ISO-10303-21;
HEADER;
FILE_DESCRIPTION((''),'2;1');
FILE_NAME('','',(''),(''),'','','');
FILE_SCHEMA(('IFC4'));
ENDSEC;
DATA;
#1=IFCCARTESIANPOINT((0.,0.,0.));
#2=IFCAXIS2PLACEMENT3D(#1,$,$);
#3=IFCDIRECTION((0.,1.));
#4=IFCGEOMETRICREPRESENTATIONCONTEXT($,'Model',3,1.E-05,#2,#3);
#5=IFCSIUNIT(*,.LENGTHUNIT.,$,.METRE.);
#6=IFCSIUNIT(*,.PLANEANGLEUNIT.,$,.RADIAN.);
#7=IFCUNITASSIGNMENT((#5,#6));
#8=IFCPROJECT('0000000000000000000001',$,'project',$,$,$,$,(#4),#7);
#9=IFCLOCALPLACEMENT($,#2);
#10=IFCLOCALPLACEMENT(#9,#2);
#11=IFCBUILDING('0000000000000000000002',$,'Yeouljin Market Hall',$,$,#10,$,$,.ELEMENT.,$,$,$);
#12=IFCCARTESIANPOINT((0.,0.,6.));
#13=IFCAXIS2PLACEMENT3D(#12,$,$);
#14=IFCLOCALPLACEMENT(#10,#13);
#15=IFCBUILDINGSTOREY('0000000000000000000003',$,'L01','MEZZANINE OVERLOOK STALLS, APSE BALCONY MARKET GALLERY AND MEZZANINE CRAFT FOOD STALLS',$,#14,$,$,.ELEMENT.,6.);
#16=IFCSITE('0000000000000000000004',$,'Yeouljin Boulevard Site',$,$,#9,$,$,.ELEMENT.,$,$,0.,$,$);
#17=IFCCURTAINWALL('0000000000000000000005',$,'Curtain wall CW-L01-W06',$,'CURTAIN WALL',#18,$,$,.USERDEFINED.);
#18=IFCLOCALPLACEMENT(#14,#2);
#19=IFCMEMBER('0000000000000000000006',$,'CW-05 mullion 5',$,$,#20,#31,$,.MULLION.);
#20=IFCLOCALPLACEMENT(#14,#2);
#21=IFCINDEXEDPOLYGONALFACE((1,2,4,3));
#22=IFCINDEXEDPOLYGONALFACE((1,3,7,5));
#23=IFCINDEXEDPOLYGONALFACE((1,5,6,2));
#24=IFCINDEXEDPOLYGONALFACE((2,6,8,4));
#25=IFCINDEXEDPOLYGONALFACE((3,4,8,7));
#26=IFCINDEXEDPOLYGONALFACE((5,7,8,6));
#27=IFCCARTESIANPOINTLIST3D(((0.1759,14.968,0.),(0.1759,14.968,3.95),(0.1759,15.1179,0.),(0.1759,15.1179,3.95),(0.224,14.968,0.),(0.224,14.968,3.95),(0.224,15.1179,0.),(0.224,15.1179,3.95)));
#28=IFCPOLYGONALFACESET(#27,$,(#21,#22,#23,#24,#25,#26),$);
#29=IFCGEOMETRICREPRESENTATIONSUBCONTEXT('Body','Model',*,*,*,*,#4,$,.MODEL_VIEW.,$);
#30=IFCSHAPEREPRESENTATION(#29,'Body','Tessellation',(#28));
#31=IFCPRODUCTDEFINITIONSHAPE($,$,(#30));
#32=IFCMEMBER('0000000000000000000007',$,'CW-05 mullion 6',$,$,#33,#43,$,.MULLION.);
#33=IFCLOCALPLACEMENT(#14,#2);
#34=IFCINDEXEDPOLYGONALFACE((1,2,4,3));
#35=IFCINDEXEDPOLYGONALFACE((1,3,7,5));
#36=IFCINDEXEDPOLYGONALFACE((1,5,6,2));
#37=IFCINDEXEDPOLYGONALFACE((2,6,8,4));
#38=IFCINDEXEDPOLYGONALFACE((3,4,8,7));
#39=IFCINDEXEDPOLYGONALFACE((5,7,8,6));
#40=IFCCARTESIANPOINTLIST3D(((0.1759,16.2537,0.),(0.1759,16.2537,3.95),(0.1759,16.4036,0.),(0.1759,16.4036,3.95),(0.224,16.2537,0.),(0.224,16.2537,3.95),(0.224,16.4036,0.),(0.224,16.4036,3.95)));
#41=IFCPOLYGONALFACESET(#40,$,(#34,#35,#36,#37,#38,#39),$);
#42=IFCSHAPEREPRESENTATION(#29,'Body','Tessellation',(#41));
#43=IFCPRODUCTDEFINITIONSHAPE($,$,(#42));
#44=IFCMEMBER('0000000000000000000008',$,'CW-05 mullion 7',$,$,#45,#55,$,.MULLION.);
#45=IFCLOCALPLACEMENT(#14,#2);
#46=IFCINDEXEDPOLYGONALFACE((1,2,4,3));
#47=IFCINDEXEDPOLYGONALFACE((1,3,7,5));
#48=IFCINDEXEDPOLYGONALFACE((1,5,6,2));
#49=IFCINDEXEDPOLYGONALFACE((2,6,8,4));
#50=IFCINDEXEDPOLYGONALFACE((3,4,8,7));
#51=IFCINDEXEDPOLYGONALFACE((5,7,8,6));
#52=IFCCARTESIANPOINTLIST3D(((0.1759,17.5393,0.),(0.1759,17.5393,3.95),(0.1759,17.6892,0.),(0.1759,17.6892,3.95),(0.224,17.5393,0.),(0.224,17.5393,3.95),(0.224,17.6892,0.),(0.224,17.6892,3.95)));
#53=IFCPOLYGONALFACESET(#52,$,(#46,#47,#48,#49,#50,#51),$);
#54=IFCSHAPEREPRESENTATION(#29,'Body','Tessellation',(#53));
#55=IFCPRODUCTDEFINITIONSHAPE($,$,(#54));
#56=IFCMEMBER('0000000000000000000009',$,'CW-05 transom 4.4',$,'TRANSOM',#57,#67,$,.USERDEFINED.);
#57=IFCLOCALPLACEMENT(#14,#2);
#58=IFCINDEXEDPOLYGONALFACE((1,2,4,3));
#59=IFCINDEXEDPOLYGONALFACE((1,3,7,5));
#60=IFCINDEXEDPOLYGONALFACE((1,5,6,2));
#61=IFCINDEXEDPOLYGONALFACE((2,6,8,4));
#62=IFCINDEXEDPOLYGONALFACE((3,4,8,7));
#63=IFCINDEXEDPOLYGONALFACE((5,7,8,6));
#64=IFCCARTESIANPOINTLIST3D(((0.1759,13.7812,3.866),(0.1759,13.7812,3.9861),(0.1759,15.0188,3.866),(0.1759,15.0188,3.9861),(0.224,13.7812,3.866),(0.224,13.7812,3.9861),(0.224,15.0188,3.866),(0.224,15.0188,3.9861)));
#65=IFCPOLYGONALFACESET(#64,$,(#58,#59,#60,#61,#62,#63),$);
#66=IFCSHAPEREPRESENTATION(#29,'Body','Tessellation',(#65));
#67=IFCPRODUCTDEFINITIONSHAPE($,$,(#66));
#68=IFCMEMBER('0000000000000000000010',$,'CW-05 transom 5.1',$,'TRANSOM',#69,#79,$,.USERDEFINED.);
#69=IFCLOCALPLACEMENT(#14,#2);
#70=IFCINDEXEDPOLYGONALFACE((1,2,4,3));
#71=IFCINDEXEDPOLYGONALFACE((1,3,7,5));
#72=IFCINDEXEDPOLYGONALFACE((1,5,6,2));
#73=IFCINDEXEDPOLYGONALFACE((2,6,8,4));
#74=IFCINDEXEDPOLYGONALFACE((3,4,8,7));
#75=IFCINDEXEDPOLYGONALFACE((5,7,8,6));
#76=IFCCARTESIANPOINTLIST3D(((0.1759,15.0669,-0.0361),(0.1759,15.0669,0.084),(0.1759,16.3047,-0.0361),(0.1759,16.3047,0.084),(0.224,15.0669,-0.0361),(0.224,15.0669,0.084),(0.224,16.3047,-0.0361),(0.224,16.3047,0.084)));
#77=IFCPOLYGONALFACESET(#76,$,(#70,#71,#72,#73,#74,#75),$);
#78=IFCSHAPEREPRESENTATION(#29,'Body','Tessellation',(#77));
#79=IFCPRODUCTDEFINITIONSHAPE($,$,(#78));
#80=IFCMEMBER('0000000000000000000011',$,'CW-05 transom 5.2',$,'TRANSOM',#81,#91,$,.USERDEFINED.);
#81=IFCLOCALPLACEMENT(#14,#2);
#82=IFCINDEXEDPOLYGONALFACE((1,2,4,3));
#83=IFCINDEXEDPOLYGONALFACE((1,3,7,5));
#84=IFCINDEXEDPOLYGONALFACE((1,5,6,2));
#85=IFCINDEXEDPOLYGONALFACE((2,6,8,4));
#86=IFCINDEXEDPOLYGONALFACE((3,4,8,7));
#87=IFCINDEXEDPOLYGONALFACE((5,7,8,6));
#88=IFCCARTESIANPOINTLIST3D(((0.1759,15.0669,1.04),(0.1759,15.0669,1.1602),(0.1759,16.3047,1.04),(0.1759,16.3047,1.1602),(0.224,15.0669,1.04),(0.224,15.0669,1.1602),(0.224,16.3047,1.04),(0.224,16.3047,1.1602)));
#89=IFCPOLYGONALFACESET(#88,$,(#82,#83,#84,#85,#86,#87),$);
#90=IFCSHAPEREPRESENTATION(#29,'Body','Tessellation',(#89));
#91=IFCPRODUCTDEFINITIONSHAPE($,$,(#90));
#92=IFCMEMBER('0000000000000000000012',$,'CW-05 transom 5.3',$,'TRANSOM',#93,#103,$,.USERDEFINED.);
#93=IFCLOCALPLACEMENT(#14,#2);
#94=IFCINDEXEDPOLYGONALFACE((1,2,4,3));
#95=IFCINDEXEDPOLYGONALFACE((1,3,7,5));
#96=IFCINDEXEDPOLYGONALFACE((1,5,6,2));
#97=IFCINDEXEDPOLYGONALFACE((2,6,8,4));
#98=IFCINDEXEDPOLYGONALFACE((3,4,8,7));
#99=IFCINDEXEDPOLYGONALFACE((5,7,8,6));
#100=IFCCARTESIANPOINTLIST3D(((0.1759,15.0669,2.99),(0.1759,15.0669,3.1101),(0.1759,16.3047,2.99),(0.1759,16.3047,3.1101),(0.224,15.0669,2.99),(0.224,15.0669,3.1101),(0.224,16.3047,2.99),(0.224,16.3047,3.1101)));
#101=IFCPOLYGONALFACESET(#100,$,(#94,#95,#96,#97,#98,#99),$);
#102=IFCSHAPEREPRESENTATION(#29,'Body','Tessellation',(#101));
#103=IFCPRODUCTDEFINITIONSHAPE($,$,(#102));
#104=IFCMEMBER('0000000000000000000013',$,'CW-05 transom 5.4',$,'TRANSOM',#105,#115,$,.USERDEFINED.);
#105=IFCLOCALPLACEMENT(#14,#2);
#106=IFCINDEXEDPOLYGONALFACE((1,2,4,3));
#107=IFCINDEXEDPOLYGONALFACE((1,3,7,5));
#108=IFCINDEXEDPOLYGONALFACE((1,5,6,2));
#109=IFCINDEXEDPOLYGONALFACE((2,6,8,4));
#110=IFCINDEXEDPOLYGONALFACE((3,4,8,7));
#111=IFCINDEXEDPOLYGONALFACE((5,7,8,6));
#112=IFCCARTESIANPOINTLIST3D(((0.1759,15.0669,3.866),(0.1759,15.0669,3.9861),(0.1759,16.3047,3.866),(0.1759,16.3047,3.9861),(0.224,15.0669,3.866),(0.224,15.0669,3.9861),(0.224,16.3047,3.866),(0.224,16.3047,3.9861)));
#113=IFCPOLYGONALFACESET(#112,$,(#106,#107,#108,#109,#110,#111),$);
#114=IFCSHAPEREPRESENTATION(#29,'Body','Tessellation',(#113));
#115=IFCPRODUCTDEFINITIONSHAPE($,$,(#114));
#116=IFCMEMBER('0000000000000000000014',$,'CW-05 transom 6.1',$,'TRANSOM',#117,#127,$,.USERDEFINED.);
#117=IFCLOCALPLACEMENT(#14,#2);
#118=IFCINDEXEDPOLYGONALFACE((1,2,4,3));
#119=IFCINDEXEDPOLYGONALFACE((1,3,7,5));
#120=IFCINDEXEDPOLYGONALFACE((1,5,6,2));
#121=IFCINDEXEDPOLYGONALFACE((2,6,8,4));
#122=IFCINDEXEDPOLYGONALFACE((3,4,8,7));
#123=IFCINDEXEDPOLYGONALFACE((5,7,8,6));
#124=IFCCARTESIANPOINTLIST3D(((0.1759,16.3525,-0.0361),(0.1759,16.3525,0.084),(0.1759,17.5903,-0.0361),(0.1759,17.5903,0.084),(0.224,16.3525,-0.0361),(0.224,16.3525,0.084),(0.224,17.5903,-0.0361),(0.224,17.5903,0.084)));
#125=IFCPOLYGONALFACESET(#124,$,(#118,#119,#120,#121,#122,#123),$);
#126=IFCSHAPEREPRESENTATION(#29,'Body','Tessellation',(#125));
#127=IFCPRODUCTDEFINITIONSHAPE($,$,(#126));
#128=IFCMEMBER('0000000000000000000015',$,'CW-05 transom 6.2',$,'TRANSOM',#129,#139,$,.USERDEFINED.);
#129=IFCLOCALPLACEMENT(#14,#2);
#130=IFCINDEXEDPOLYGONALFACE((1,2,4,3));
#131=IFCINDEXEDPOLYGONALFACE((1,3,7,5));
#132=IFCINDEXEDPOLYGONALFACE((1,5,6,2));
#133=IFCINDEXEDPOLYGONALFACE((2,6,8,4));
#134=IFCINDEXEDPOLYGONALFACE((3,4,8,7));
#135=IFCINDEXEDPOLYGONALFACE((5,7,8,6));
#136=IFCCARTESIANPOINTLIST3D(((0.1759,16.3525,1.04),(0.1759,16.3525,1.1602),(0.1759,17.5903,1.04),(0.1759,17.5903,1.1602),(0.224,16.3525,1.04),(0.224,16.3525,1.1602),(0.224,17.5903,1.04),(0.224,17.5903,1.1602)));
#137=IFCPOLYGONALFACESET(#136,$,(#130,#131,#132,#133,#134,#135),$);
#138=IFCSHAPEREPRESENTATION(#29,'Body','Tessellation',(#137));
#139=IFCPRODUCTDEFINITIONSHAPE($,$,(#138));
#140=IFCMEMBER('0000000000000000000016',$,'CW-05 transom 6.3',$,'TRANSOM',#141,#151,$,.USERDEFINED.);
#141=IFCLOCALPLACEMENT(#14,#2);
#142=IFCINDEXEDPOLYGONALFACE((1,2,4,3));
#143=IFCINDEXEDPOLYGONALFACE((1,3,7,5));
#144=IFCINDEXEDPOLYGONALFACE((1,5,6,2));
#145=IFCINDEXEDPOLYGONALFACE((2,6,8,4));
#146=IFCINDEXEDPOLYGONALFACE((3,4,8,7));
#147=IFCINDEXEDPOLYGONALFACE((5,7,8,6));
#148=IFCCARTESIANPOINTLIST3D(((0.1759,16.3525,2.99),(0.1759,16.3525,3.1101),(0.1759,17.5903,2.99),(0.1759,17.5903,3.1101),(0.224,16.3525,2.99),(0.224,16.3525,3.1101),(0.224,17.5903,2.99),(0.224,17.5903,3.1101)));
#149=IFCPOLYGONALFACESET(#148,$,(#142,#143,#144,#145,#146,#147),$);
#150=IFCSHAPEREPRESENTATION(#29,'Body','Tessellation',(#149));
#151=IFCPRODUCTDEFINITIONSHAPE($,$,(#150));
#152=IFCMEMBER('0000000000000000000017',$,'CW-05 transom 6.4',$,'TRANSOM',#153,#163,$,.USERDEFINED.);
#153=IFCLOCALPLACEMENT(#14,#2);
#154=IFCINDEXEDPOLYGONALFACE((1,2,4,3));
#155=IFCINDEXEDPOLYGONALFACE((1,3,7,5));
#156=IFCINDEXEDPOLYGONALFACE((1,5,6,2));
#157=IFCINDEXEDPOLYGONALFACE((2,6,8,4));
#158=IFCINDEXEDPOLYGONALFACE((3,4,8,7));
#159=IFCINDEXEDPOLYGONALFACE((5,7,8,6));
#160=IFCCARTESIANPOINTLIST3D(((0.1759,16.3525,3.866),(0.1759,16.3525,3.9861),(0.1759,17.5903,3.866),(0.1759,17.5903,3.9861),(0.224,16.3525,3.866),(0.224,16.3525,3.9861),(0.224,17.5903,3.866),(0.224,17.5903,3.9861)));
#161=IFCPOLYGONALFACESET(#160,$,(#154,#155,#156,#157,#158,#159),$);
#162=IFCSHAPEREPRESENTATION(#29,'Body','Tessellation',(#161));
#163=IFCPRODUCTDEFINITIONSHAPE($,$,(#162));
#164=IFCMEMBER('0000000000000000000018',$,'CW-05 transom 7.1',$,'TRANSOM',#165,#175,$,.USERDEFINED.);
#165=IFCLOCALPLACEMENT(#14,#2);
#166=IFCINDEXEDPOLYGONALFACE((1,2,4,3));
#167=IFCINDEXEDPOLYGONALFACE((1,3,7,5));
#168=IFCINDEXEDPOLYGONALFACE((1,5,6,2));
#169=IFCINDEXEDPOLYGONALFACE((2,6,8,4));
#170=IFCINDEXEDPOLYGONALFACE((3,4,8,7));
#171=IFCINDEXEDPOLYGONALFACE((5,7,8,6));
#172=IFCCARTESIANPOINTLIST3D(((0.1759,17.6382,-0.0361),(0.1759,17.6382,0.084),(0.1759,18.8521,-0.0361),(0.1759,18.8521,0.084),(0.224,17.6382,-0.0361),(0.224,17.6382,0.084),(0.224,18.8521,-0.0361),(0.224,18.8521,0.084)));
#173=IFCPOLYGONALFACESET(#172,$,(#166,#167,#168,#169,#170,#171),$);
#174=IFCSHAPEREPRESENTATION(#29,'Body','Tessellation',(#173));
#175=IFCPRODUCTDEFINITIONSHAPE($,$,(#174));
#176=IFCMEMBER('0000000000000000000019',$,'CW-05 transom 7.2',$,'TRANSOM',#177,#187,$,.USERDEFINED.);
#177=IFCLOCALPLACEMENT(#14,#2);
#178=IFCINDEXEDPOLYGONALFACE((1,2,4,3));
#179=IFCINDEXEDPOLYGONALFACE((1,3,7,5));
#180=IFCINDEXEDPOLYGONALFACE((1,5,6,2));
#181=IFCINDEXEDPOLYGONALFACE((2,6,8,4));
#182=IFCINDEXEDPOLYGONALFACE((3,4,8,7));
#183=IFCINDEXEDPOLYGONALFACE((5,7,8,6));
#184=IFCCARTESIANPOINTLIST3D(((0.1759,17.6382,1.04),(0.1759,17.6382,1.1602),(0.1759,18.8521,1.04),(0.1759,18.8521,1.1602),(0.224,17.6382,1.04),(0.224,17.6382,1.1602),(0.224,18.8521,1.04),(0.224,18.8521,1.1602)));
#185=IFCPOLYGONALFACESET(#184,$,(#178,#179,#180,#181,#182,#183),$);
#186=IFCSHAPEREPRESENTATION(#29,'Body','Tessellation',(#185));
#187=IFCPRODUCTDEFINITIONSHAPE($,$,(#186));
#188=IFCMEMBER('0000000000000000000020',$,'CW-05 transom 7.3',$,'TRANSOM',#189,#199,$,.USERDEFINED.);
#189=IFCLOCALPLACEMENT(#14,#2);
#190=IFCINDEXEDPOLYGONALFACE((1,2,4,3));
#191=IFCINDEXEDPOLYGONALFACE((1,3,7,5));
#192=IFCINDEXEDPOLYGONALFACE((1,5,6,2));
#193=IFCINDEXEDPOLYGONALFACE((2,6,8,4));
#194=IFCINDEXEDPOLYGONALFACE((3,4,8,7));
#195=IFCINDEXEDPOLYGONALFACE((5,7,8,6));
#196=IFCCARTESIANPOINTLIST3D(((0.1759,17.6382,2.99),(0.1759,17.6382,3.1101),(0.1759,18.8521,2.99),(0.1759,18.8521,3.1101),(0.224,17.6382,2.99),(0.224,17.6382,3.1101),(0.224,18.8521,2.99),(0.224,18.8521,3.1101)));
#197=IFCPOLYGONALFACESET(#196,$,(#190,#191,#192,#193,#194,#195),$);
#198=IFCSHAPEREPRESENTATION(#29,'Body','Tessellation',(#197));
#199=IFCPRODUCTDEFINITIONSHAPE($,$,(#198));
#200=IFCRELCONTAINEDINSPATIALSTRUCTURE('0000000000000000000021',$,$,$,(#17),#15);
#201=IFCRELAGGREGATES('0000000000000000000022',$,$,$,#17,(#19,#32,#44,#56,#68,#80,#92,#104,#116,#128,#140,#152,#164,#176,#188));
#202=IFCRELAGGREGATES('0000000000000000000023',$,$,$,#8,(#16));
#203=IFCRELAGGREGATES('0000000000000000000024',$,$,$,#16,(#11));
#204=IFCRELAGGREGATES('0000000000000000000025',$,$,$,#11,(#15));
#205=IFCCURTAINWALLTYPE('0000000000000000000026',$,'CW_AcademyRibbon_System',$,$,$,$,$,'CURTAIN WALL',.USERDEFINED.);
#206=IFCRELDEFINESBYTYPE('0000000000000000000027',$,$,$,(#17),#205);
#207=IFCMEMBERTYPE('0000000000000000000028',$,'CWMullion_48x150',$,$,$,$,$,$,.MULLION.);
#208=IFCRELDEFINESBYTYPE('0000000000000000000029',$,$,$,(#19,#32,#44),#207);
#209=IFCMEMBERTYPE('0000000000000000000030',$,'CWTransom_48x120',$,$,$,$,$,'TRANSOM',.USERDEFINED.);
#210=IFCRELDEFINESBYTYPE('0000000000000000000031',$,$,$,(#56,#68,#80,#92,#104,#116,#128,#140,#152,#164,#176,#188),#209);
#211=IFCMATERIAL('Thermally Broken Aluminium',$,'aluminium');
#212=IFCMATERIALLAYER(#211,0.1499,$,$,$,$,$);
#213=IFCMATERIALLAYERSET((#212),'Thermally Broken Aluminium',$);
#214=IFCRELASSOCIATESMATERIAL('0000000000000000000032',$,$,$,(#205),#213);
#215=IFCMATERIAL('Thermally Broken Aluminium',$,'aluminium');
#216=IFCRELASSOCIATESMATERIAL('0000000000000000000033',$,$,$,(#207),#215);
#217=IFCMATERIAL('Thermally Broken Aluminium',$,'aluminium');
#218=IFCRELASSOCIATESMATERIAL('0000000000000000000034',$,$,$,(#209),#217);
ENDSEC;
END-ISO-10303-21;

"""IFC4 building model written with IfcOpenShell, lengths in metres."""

from ifc_helpers import new_model, si_unit, direction, frame, origin, origin_2d, place, context, subcontext, project, spatial, rectangle, extrude, material, layer, layer_set, material_profile, profile_set, type_object, element, aggregate, save


model = new_model("IFC4")

# Units and contexts
model_context = context("Model", 3, precision=1e-05, world=origin(), true_north=direction((0.0, 1.0)))
body_context = subcontext(model_context, "Body", "Model", "MODEL_VIEW")
ifc_project = project(units=[si_unit("LENGTHUNIT", "METRE"), si_unit("PLANEANGLEUNIT", "RADIAN")], contexts=[model_context])

# Site, building, storey
site_placement = place(None, origin())
site = spatial("IfcSite", under=ifc_project, at=site_placement, Name="Yeouljin Boulevard Site", CompositionType="ELEMENT", RefElevation=0.0)
building_placement = place(site_placement, origin())
building = spatial("IfcBuilding", under=site, at=building_placement, Name="Yeouljin Market Hall", CompositionType="ELEMENT")
storey_placement = place(building_placement, frame((0.0, 0.0, 6.0)))
storey = spatial("IfcBuildingStorey", under=building, at=storey_placement, Name="L01", Description="MEZZANINE OVERLOOK STALLS, APSE BALCONY MARKET GALLERY AND MEZZANINE CRAFT FOOD STALLS", CompositionType="ELEMENT", Elevation=6.0)

# Curtain wall, members
ifc_material_1 = material(Name="Thermally Broken Aluminium", Category="aluminium")
ifc_layer_1 = layer(ifc_material_1, 0.1499)
ifc_layer_set_1 = layer_set([ifc_layer_1], Name="Thermally Broken Aluminium")
curtain_wall_type = type_object("IfcCurtainWallType", Name="CW_AcademyRibbon_System", ElementType="CURTAIN WALL", PredefinedType="USERDEFINED", material=ifc_layer_set_1)
curtain_wall_placement = place(storey_placement, origin())
curtain_wall = element("IfcCurtainWall", 1, at=curtain_wall_placement, inside=storey, type_object=curtain_wall_type, Name="Curtain wall CW-L01-W06", ObjectType="CURTAIN WALL", PredefinedType="USERDEFINED")
ifc_material_2 = material(Name="Thermally Broken Aluminium", Category="aluminium")
ifc_material_profile_1 = material_profile(ifc_material_2, rectangle(XDim=0.0481, YDim=0.1499, at=origin_2d()), Name="CW-MULL-48x150")
ifc_profile_set_1 = profile_set([ifc_material_profile_1], Name="Thermally Broken Aluminium")
member_type_1 = type_object("IfcMemberType", Name="CWMullion_48x150", PredefinedType="MULLION", material=ifc_profile_set_1)
member_1_placement = place(storey_placement, frame((0.2, 15.043, 0.0), z_axis=(0.0, 0.0, 1.0), x_axis=(-1.0, 0.0, 0.0)))
member_1 = element("IfcMember", 2, at=member_1_placement, type_object=member_type_1, Name="CW-05 mullion 5", PredefinedType="MULLION", context=body_context, shape_type="SweptSolid", body=[
    extrude(rectangle(XDim=0.0481, YDim=0.1499, at=origin_2d()), origin(), (0.0, 0.0, 1.0), 3.95),
])
member_2_placement = place(storey_placement, frame((0.2, 16.3286, 0.0), z_axis=(0.0, 0.0, 1.0), x_axis=(-1.0, 0.0, 0.0)))
member_2 = element("IfcMember", 3, at=member_2_placement, type_object=member_type_1, Name="CW-05 mullion 6", PredefinedType="MULLION", context=body_context, shape_type="SweptSolid", body=[
    extrude(rectangle(XDim=0.0481, YDim=0.1499, at=origin_2d()), origin(), (0.0, 0.0, 1.0), 3.95),
])
member_3_placement = place(storey_placement, frame((0.2, 17.6143, 0.0), z_axis=(0.0, 0.0, 1.0), x_axis=(-1.0, 0.0, 0.0)))
member_3 = element("IfcMember", 4, at=member_3_placement, type_object=member_type_1, Name="CW-05 mullion 7", PredefinedType="MULLION", context=body_context, shape_type="SweptSolid", body=[
    extrude(rectangle(XDim=0.0481, YDim=0.1499, at=origin_2d()), origin(), (0.0, 0.0, 1.0), 3.95),
])
ifc_material_3 = material(Name="Thermally Broken Aluminium", Category="aluminium")
ifc_material_profile_2 = material_profile(ifc_material_3, rectangle(XDim=0.0481, YDim=0.1201, at=origin_2d()), Name="CW-TRAN-48x120")
ifc_profile_set_2 = profile_set([ifc_material_profile_2], Name="Thermally Broken Aluminium")
member_type_2 = type_object("IfcMemberType", Name="CWTransom_48x120", ElementType="TRANSOM", PredefinedType="USERDEFINED", material=ifc_profile_set_2)
member_4_placement = place(storey_placement, frame((0.2, 13.7812, 3.926), z_axis=(0.0, 1.0, 0.0), x_axis=(-1.0, 0.0, 0.0)))
member_4 = element("IfcMember", 5, at=member_4_placement, type_object=member_type_2, Name="CW-05 transom 4.4", ObjectType="TRANSOM", PredefinedType="USERDEFINED", context=body_context, shape_type="SweptSolid", body=[
    extrude(rectangle(XDim=0.0481, YDim=0.1201, at=origin_2d()), origin(), (0.0, 0.0, 1.0), 1.2375),
])
member_5_placement = place(storey_placement, frame((0.2, 15.0669, 0.0239), z_axis=(0.0, 1.0, 0.0), x_axis=(-1.0, 0.0, 0.0)))
member_5 = element("IfcMember", 6, at=member_5_placement, type_object=member_type_2, Name="CW-05 transom 5.1", ObjectType="TRANSOM", PredefinedType="USERDEFINED", context=body_context, shape_type="SweptSolid", body=[
    extrude(rectangle(XDim=0.0481, YDim=0.1201, at=origin_2d()), origin(), (0.0, 0.0, 1.0), 1.2378),
])
member_6_placement = place(storey_placement, frame((0.2, 15.0669, 1.1001), z_axis=(0.0, 1.0, 0.0), x_axis=(-1.0, 0.0, 0.0)))
member_6 = element("IfcMember", 7, at=member_6_placement, type_object=member_type_2, Name="CW-05 transom 5.2", ObjectType="TRANSOM", PredefinedType="USERDEFINED", context=body_context, shape_type="SweptSolid", body=[
    extrude(rectangle(XDim=0.0481, YDim=0.1201, at=origin_2d()), origin(), (0.0, 0.0, 1.0), 1.2378),
])
member_7_placement = place(storey_placement, frame((0.2, 15.0669, 3.05), z_axis=(0.0, 1.0, 0.0), x_axis=(-1.0, 0.0, 0.0)))
member_7 = element("IfcMember", 8, at=member_7_placement, type_object=member_type_2, Name="CW-05 transom 5.3", ObjectType="TRANSOM", PredefinedType="USERDEFINED", context=body_context, shape_type="SweptSolid", body=[
    extrude(rectangle(XDim=0.0481, YDim=0.1201, at=origin_2d()), origin(), (0.0, 0.0, 1.0), 1.2378),
])
member_8_placement = place(storey_placement, frame((0.2, 15.0669, 3.926), z_axis=(0.0, 1.0, 0.0), x_axis=(-1.0, 0.0, 0.0)))
member_8 = element("IfcMember", 9, at=member_8_placement, type_object=member_type_2, Name="CW-05 transom 5.4", ObjectType="TRANSOM", PredefinedType="USERDEFINED", context=body_context, shape_type="SweptSolid", body=[
    extrude(rectangle(XDim=0.0481, YDim=0.1201, at=origin_2d()), origin(), (0.0, 0.0, 1.0), 1.2378),
])
member_9_placement = place(storey_placement, frame((0.2, 16.3525, 0.0239), z_axis=(0.0, 1.0, 0.0), x_axis=(-1.0, 0.0, 0.0)))
member_9 = element("IfcMember", 10, at=member_9_placement, type_object=member_type_2, Name="CW-05 transom 6.1", ObjectType="TRANSOM", PredefinedType="USERDEFINED", context=body_context, shape_type="SweptSolid", body=[
    extrude(rectangle(XDim=0.0481, YDim=0.1201, at=origin_2d()), origin(), (0.0, 0.0, 1.0), 1.2378),
])
member_10_placement = place(storey_placement, frame((0.2, 16.3525, 1.1001), z_axis=(0.0, 1.0, 0.0), x_axis=(-1.0, 0.0, 0.0)))
member_10 = element("IfcMember", 11, at=member_10_placement, type_object=member_type_2, Name="CW-05 transom 6.2", ObjectType="TRANSOM", PredefinedType="USERDEFINED", context=body_context, shape_type="SweptSolid", body=[
    extrude(rectangle(XDim=0.0481, YDim=0.1201, at=origin_2d()), origin(), (0.0, 0.0, 1.0), 1.2378),
])
member_11_placement = place(storey_placement, frame((0.2, 16.3525, 3.05), z_axis=(0.0, 1.0, 0.0), x_axis=(-1.0, 0.0, 0.0)))
member_11 = element("IfcMember", 12, at=member_11_placement, type_object=member_type_2, Name="CW-05 transom 6.3", ObjectType="TRANSOM", PredefinedType="USERDEFINED", context=body_context, shape_type="SweptSolid", body=[
    extrude(rectangle(XDim=0.0481, YDim=0.1201, at=origin_2d()), origin(), (0.0, 0.0, 1.0), 1.2378),
])
member_12_placement = place(storey_placement, frame((0.2, 16.3525, 3.926), z_axis=(0.0, 1.0, 0.0), x_axis=(-1.0, 0.0, 0.0)))
member_12 = element("IfcMember", 13, at=member_12_placement, type_object=member_type_2, Name="CW-05 transom 6.4", ObjectType="TRANSOM", PredefinedType="USERDEFINED", context=body_context, shape_type="SweptSolid", body=[
    extrude(rectangle(XDim=0.0481, YDim=0.1201, at=origin_2d()), origin(), (0.0, 0.0, 1.0), 1.2378),
])
member_13_placement = place(storey_placement, frame((0.2, 17.6382, 0.0239), z_axis=(0.0, 1.0, 0.0), x_axis=(-1.0, 0.0, 0.0)))
member_13 = element("IfcMember", 14, at=member_13_placement, type_object=member_type_2, Name="CW-05 transom 7.1", ObjectType="TRANSOM", PredefinedType="USERDEFINED", context=body_context, shape_type="SweptSolid", body=[
    extrude(rectangle(XDim=0.0481, YDim=0.1201, at=origin_2d()), origin(), (0.0, 0.0, 1.0), 1.2139),
])
member_14_placement = place(storey_placement, frame((0.2, 17.6382, 1.1001), z_axis=(0.0, 1.0, 0.0), x_axis=(-1.0, 0.0, 0.0)))
member_14 = element("IfcMember", 15, at=member_14_placement, type_object=member_type_2, Name="CW-05 transom 7.2", ObjectType="TRANSOM", PredefinedType="USERDEFINED", context=body_context, shape_type="SweptSolid", body=[
    extrude(rectangle(XDim=0.0481, YDim=0.1201, at=origin_2d()), origin(), (0.0, 0.0, 1.0), 1.2139),
])
member_15_placement = place(storey_placement, frame((0.2, 17.6382, 3.05), z_axis=(0.0, 1.0, 0.0), x_axis=(-1.0, 0.0, 0.0)))
member_15 = element("IfcMember", 16, at=member_15_placement, type_object=member_type_2, Name="CW-05 transom 7.3", ObjectType="TRANSOM", PredefinedType="USERDEFINED", context=body_context, shape_type="SweptSolid", body=[
    extrude(rectangle(XDim=0.0481, YDim=0.1201, at=origin_2d()), origin(), (0.0, 0.0, 1.0), 1.2139),
])
aggregate(curtain_wall, [member_1, member_2, member_3, member_4, member_5, member_6, member_7, member_8, member_9, member_10, member_11, member_12, member_13, member_14, member_15])

save(model, "model.ifc")
